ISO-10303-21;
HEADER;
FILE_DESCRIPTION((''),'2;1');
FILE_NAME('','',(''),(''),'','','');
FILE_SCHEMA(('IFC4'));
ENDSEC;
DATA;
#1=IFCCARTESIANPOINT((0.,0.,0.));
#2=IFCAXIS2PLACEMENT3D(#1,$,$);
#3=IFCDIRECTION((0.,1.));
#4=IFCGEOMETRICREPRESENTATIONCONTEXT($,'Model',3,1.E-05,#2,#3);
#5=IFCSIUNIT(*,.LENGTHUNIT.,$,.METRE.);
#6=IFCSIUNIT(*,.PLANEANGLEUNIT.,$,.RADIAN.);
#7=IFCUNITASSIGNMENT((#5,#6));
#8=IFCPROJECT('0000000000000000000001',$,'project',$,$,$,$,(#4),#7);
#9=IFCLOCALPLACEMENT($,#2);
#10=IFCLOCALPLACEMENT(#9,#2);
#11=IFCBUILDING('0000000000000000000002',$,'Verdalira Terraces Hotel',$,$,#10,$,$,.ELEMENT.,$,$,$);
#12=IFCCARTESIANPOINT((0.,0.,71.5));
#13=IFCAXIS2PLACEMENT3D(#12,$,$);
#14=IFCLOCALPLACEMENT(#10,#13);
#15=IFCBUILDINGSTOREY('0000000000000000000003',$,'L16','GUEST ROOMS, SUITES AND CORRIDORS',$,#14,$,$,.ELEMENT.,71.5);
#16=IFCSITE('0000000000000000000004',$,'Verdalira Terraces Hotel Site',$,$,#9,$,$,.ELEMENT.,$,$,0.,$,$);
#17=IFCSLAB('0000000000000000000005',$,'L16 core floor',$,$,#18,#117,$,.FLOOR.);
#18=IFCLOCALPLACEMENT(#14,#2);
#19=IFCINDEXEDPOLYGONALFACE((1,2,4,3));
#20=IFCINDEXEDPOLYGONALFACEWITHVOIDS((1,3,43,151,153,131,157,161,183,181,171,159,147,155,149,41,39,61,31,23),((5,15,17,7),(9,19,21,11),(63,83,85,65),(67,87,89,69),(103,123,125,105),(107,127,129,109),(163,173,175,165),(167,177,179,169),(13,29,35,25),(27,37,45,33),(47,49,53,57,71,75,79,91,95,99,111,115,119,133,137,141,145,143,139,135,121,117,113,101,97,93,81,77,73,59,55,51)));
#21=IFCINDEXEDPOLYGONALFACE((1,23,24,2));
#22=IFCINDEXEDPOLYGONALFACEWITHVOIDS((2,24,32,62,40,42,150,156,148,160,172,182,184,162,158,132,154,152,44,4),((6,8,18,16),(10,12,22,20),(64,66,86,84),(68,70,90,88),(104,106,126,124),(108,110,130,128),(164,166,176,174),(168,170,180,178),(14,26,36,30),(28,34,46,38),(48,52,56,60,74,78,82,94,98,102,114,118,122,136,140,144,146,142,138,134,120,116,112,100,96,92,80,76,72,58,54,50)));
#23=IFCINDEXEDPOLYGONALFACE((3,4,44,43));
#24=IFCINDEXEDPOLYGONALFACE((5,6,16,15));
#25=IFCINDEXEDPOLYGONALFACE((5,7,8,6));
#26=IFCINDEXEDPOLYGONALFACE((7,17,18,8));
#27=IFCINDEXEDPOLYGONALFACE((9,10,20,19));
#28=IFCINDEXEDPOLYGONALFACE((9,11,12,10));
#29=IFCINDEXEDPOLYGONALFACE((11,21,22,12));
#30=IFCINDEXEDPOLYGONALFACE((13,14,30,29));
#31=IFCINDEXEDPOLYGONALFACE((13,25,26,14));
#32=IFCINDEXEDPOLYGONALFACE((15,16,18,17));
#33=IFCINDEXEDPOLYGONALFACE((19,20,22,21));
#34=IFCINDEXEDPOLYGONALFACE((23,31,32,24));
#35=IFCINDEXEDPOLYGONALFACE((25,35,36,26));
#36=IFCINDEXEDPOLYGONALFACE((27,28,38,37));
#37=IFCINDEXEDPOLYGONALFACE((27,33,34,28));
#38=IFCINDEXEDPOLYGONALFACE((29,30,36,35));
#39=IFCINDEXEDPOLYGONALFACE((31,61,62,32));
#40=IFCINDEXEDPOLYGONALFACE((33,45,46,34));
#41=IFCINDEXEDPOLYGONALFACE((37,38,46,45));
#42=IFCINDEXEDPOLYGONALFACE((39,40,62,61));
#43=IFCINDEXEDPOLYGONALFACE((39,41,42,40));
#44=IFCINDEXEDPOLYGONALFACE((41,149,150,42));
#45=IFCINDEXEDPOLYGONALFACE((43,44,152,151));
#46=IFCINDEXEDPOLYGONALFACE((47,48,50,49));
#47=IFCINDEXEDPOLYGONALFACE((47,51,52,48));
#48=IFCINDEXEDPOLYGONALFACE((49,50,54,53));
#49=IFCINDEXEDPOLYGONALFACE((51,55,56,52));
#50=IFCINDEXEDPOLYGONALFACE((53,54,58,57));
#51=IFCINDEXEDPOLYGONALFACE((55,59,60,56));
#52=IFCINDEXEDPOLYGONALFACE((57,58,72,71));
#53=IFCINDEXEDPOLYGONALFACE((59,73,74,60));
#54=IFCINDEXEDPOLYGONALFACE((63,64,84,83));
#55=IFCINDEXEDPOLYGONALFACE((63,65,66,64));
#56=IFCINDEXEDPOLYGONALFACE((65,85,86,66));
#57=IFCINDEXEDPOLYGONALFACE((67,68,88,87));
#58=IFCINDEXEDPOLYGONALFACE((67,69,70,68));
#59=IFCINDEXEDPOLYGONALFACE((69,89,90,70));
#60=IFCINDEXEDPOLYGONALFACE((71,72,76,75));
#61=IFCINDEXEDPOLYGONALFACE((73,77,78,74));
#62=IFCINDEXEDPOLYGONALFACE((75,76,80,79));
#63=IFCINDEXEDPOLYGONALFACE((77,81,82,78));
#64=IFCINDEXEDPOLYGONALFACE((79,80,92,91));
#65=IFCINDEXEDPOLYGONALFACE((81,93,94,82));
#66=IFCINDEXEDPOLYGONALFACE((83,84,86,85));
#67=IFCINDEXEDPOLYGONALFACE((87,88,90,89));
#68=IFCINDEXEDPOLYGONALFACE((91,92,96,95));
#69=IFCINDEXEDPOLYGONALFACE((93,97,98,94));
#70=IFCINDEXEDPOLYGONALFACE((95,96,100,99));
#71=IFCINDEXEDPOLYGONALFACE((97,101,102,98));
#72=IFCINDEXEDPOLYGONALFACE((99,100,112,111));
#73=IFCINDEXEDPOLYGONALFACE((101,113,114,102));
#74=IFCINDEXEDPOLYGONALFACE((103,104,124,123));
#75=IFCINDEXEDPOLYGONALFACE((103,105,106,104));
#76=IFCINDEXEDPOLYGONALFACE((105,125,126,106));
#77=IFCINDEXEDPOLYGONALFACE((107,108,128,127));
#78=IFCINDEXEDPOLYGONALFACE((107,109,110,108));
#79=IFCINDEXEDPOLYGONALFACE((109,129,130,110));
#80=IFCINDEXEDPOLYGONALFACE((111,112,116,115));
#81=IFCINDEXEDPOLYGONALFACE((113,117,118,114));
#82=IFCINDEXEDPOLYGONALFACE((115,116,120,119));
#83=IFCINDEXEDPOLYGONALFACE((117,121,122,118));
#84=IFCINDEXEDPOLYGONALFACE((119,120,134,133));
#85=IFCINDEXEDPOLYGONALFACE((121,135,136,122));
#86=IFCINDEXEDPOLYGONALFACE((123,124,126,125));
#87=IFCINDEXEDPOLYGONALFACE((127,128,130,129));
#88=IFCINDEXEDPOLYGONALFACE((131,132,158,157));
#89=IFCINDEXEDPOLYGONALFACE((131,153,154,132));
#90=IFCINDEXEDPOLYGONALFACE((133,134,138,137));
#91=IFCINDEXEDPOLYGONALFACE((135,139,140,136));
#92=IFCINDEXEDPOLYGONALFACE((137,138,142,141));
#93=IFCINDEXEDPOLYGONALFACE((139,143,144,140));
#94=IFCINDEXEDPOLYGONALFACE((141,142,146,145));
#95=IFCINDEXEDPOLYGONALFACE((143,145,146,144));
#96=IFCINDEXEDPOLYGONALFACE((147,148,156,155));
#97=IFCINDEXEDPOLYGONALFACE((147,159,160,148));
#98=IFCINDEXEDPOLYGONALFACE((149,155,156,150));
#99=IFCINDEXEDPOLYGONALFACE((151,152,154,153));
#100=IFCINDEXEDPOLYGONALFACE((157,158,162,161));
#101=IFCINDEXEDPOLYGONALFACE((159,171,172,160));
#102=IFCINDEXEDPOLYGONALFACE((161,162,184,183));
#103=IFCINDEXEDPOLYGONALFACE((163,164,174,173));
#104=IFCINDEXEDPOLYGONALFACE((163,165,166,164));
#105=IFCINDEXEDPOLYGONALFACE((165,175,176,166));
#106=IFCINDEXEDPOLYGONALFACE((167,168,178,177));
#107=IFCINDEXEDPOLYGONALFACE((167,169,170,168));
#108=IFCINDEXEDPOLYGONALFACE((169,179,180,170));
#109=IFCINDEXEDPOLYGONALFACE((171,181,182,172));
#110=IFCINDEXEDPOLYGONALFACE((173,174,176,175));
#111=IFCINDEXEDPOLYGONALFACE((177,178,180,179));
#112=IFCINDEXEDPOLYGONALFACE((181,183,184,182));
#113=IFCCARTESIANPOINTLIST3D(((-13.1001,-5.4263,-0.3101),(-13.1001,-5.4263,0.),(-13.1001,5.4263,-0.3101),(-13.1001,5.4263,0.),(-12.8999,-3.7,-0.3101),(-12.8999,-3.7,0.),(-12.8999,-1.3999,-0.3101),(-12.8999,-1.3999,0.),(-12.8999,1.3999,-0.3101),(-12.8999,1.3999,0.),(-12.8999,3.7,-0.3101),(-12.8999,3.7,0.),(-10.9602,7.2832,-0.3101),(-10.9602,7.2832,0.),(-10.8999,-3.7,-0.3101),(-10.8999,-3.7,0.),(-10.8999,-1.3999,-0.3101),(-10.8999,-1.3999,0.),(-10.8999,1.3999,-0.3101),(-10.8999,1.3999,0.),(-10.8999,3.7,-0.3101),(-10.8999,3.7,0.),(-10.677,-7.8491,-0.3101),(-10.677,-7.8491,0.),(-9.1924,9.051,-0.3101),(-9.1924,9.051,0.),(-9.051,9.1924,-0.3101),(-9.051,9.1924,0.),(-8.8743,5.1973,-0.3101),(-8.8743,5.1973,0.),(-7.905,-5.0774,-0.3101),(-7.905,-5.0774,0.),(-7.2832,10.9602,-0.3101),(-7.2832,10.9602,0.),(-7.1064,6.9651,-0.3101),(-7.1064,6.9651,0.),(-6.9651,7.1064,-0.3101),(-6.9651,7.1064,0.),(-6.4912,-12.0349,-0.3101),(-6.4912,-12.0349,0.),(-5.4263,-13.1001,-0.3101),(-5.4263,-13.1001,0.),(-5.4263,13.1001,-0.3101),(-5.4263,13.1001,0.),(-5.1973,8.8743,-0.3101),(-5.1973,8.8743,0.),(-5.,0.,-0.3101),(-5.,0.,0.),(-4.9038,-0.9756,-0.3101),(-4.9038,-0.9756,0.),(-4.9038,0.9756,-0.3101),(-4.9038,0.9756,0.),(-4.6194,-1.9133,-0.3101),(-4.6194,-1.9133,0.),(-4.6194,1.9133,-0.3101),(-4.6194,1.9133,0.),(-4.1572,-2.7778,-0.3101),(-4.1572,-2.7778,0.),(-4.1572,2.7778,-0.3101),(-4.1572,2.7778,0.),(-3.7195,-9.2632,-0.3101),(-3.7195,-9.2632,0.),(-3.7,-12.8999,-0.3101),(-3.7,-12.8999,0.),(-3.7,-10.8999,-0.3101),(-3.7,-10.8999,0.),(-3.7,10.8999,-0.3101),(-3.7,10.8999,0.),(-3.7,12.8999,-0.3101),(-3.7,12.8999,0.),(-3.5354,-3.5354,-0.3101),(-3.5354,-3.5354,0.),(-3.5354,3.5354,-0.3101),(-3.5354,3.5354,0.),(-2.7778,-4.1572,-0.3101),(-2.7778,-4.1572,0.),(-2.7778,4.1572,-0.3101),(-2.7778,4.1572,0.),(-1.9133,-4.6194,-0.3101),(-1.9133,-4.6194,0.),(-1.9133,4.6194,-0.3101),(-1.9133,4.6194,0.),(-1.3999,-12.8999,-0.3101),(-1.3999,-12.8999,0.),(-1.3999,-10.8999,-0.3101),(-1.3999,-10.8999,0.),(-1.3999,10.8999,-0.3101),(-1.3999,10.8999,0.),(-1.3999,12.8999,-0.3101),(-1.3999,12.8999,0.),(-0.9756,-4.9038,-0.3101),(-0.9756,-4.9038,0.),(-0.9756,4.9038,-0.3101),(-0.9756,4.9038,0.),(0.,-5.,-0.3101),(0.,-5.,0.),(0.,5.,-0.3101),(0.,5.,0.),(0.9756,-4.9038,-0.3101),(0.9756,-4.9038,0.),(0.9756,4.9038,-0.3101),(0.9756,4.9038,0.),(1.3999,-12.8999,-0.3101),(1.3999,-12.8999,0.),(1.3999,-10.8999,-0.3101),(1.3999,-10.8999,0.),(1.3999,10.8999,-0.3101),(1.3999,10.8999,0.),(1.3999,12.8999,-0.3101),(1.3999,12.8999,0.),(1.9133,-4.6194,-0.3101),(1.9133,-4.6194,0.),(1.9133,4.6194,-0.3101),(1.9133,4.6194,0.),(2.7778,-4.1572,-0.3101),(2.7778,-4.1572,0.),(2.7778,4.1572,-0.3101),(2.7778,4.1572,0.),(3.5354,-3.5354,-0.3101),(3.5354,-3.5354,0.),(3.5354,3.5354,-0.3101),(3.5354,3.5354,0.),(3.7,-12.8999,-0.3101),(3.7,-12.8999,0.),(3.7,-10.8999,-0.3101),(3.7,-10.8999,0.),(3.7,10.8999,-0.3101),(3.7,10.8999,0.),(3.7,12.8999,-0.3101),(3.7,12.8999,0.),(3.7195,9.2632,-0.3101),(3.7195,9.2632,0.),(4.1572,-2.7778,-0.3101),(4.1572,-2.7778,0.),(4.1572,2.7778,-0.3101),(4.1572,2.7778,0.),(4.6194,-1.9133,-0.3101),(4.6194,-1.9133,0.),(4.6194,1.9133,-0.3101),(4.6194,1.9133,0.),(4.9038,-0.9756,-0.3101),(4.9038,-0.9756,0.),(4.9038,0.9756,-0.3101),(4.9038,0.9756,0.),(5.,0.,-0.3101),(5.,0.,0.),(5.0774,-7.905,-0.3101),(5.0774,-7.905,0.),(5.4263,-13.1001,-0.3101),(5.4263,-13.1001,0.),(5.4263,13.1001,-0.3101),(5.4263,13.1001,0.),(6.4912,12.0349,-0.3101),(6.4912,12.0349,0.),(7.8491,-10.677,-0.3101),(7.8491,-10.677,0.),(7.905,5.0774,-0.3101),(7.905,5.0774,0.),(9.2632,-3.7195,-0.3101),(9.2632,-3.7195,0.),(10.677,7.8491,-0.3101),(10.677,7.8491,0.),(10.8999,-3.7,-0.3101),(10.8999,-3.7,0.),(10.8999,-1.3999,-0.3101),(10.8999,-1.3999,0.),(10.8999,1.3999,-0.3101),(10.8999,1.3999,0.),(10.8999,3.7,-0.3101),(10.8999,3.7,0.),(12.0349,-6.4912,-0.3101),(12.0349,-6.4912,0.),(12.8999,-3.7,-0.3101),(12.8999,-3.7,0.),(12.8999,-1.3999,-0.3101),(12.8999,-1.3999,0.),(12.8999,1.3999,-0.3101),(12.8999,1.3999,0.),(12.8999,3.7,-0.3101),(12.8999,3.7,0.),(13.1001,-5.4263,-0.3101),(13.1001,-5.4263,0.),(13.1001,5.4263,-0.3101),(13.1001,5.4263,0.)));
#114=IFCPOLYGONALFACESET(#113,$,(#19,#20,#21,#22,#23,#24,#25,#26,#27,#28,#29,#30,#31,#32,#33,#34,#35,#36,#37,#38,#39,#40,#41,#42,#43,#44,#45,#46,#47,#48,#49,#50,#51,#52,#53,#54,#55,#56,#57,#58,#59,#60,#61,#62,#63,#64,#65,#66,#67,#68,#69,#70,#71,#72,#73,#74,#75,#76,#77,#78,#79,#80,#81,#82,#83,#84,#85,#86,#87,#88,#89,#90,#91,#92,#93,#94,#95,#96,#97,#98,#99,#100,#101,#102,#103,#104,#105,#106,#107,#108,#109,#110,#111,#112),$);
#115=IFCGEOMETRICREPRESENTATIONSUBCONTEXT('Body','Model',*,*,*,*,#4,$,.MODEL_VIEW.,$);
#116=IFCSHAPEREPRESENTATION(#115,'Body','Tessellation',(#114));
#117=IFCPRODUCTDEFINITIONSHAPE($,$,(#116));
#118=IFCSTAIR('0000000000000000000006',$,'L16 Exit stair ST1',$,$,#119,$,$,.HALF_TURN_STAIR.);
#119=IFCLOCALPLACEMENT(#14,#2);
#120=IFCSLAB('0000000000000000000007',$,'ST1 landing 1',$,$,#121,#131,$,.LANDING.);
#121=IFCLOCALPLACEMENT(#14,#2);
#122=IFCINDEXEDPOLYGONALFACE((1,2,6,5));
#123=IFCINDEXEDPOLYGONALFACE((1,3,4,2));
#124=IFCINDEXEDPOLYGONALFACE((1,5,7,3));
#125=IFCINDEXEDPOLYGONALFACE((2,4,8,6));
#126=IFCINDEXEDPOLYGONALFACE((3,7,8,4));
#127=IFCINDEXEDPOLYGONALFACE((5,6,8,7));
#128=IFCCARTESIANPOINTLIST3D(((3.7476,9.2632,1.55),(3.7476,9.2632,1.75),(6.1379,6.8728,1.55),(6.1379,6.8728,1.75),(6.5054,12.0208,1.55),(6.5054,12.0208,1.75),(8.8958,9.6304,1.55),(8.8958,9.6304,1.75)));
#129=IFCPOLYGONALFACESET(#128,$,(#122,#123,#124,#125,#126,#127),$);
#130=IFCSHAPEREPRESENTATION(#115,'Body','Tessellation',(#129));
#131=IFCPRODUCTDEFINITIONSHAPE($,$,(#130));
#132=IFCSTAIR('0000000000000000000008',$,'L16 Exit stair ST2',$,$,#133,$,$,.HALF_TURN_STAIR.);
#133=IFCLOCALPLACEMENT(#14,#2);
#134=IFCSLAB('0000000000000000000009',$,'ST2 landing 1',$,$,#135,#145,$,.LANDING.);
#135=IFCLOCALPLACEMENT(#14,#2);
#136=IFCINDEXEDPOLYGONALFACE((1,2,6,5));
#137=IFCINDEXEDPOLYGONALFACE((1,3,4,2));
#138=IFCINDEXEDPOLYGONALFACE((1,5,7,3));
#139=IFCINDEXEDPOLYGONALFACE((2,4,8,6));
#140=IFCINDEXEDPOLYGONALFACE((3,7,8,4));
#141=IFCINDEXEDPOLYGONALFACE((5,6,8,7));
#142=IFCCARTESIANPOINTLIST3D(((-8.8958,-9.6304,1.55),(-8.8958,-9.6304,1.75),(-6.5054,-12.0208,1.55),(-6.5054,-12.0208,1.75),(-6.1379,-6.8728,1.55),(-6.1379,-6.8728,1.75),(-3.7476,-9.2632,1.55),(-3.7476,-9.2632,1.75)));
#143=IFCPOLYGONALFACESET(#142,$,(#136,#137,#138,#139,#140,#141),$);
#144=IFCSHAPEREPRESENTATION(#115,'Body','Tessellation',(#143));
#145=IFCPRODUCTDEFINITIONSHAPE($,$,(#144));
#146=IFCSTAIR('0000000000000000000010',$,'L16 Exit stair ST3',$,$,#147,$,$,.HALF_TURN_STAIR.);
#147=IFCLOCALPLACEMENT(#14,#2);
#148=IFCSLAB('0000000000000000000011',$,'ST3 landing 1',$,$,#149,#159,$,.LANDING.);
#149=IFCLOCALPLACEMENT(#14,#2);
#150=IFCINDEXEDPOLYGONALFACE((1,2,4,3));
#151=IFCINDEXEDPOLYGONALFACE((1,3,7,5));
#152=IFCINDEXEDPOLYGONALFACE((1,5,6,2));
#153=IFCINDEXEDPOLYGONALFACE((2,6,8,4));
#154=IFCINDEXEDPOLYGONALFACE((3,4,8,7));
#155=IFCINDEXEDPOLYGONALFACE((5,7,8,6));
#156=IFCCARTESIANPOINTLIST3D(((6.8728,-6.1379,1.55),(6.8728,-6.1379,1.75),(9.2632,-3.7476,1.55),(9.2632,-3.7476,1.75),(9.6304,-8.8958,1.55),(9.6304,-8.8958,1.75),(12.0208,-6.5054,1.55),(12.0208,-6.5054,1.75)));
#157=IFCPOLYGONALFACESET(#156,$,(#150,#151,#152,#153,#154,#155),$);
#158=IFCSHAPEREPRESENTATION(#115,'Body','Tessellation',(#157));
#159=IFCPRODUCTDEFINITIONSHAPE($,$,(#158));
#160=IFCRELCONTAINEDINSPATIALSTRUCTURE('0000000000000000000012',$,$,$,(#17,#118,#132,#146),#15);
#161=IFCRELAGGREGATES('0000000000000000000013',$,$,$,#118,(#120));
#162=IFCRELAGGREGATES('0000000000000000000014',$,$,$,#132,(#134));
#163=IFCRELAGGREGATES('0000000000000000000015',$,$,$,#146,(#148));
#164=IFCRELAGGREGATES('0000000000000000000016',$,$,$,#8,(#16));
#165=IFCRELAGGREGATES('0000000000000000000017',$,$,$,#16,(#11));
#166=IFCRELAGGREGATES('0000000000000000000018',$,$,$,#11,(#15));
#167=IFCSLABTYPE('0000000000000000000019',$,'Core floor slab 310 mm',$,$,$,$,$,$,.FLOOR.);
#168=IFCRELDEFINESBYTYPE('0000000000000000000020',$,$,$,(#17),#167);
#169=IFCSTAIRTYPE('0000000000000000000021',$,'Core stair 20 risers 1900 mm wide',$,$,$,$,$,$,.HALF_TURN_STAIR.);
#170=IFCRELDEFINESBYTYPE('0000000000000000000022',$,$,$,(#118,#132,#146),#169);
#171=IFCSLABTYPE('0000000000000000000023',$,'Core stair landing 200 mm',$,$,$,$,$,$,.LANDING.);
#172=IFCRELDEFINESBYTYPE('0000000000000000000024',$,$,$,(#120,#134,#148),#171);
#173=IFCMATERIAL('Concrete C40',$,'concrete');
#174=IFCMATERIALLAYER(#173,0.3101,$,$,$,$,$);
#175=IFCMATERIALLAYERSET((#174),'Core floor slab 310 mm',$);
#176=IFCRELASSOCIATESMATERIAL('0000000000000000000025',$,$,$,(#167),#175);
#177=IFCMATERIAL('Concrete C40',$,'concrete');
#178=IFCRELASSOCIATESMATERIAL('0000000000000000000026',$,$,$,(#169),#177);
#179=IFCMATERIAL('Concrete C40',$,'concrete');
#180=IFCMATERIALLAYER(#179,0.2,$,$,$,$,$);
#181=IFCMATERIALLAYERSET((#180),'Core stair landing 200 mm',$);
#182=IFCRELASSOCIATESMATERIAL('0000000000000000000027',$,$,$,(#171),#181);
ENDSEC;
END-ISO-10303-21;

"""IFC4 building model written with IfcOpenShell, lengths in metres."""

from ifc_helpers import new_model, si_unit, direction, frame, origin, place, context, subcontext, project, spatial, polyline, outline, extrude, material, layer, layer_set, type_object, element, aggregate, save


model = new_model("IFC4")

# Units and contexts
model_context = context("Model", 3, precision=1e-05, world=origin(), true_north=direction((0.0, 1.0)))
body_context = subcontext(model_context, "Body", "Model", "MODEL_VIEW")
ifc_project = project(units=[si_unit("LENGTHUNIT", "METRE"), si_unit("PLANEANGLEUNIT", "RADIAN")], contexts=[model_context])

# Site, building, storey
site_placement = place(None, origin())
site = spatial("IfcSite", under=ifc_project, at=site_placement, Name="Verdalira Terraces Hotel Site", CompositionType="ELEMENT", RefElevation=0.0)
building_placement = place(site_placement, origin())
building = spatial("IfcBuilding", under=site, at=building_placement, Name="Verdalira Terraces Hotel", CompositionType="ELEMENT")
storey_placement = place(building_placement, frame((0.0, 0.0, 71.5)))
storey = spatial("IfcBuildingStorey", under=building, at=storey_placement, Name="L16", Description="GUEST ROOMS, SUITES AND CORRIDORS", CompositionType="ELEMENT", Elevation=71.5)

# Slab
ifc_material_1 = material(Name="Concrete C40", Category="concrete")
ifc_layer_1 = layer(ifc_material_1, 0.3101)
ifc_layer_set_1 = layer_set([ifc_layer_1], Name="Core floor slab 310 mm")
slab_type_1 = type_object("IfcSlabType", Name="Core floor slab 310 mm", PredefinedType="FLOOR", material=ifc_layer_set_1)
slab_1_placement = place(storey_placement, frame((0.0, 0.0, -0.3101)))
element("IfcSlab", 1, at=slab_1_placement, inside=storey, type_object=slab_type_1, Name="L16 core floor", PredefinedType="FLOOR", context=body_context, shape_type="SweptSolid", body=[
    extrude(outline(polyline([(-5.4263, 13.1001), (5.4263, 13.1001), (6.4912, 12.0349), (3.7195, 9.2632), (7.905, 5.0774), (10.677, 7.8491), (13.1001, 5.4263), (13.1001, -5.4263), (12.0349, -6.4912), (9.2632, -3.7195), (5.0774, -7.905), (7.8491, -10.677), (5.4263, -13.1001), (-5.4263, -13.1001), (-6.4912, -12.0349), (-3.7195, -9.2632), (-7.905, -5.0774), (-10.677, -7.8491), (-13.1001, -5.4263), (-13.1001, 5.4263), (-5.4263, 13.1001)]), holes=[polyline([(12.8999, -3.7), (12.8999, -1.3999), (10.8999, -1.3999), (10.8999, -3.7), (12.8999, -3.7)]), polyline([(12.8999, 1.3999), (12.8999, 3.7), (10.8999, 3.7), (10.8999, 1.3999), (12.8999, 1.3999)]), polyline([(1.3999, 10.8999), (3.7, 10.8999), (3.7, 12.8999), (1.3999, 12.8999), (1.3999, 10.8999)]), polyline([(-3.7, 10.8999), (-1.3999, 10.8999), (-1.3999, 12.8999), (-3.7, 12.8999), (-3.7, 10.8999)]), polyline([(-12.8999, 3.7), (-12.8999, 1.3999), (-10.8999, 1.3999), (-10.8999, 3.7), (-12.8999, 3.7)]), polyline([(-12.8999, -1.3999), (-12.8999, -3.7), (-10.8999, -3.7), (-10.8999, -1.3999), (-12.8999, -1.3999)]), polyline([(-1.3999, -10.8999), (-3.7, -10.8999), (-3.7, -12.8999), (-1.3999, -12.8999), (-1.3999, -10.8999)]), polyline([(3.7, -10.8999), (1.3999, -10.8999), (1.3999, -12.8999), (3.7, -12.8999), (3.7, -10.8999)]), polyline([(-9.051, 9.1924), (-6.9651, 7.1064), (-5.1973, 8.8743), (-7.2832, 10.9602), (-9.051, 9.1924)]), polyline([(-9.1924, 9.051), (-10.9602, 7.2832), (-8.8743, 5.1973), (-7.1064, 6.9651), (-9.1924, 9.051)]), polyline([(3.5354, 3.5354), (2.7778, 4.1572), (1.9133, 4.6194), (0.9756, 4.9038), (0.0, 5.0), (-0.9756, 4.9038), (-1.9133, 4.6194), (-2.7778, 4.1572), (-3.5354, 3.5354), (-4.1572, 2.7778), (-4.6194, 1.9133), (-4.9038, 0.9756), (-5.0, 0.0), (-4.9038, -0.9756), (-4.6194, -1.9133), (-4.1572, -2.7778), (-3.5354, -3.5354), (-2.7778, -4.1572), (-1.9133, -4.6194), (-0.9756, -4.9038), (0.0, -5.0), (0.9756, -4.9038), (1.9133, -4.6194), (2.7778, -4.1572), (3.5354, -3.5354), (4.1572, -2.7778), (4.6194, -1.9133), (4.9038, -0.9756), (5.0, 0.0), (4.9038, 0.9756), (4.6194, 1.9133), (4.1572, 2.7778), (3.5354, 3.5354)])]), origin(), (0.0, 0.0, 1.0), 0.3101),
])

# Stairs, slabs
ifc_material_2 = material(Name="Concrete C40", Category="concrete")
stair_type = type_object("IfcStairType", Name="Core stair 20 risers 1900 mm wide", PredefinedType="HALF_TURN_STAIR", material=ifc_material_2)
stair_1_placement = place(storey_placement, origin())
stair_1 = element("IfcStair", 2, at=stair_1_placement, inside=storey, type_object=stair_type, Name="L16 Exit stair ST1", PredefinedType="HALF_TURN_STAIR")
ifc_material_3 = material(Name="Concrete C40", Category="concrete")
ifc_layer_2 = layer(ifc_material_3, 0.2)
ifc_layer_set_2 = layer_set([ifc_layer_2], Name="Core stair landing 200 mm")
slab_type_2 = type_object("IfcSlabType", Name="Core stair landing 200 mm", PredefinedType="LANDING", material=ifc_layer_set_2)
slab_2_placement = place(storey_placement, frame((0.0, 0.0, 1.55)))
slab_2 = element("IfcSlab", 3, at=slab_2_placement, type_object=slab_type_2, Name="ST1 landing 1", PredefinedType="LANDING", context=body_context, shape_type="SweptSolid", body=[
    extrude(outline(polyline([(8.8958, 9.6304), (6.5054, 12.0208), (3.7476, 9.2632), (6.1379, 6.8728), (8.8958, 9.6304)])), origin(), (0.0, 0.0, 1.0), 0.2),
])
aggregate(stair_1, [slab_2])
stair_2_placement = place(storey_placement, origin())
stair_2 = element("IfcStair", 4, at=stair_2_placement, inside=storey, type_object=stair_type, Name="L16 Exit stair ST2", PredefinedType="HALF_TURN_STAIR")
slab_3_placement = place(storey_placement, frame((0.0, 0.0, 1.55)))
slab_3 = element("IfcSlab", 5, at=slab_3_placement, type_object=slab_type_2, Name="ST2 landing 1", PredefinedType="LANDING", context=body_context, shape_type="SweptSolid", body=[
    extrude(outline(polyline([(-8.8958, -9.6304), (-6.5054, -12.0208), (-3.7476, -9.2632), (-6.1379, -6.8728), (-8.8958, -9.6304)])), origin(), (0.0, 0.0, 1.0), 0.2),
])
aggregate(stair_2, [slab_3])
stair_3_placement = place(storey_placement, origin())
stair_3 = element("IfcStair", 6, at=stair_3_placement, inside=storey, type_object=stair_type, Name="L16 Exit stair ST3", PredefinedType="HALF_TURN_STAIR")
slab_4_placement = place(storey_placement, frame((0.0, 0.0, 1.55)))
slab_4 = element("IfcSlab", 7, at=slab_4_placement, type_object=slab_type_2, Name="ST3 landing 1", PredefinedType="LANDING", context=body_context, shape_type="SweptSolid", body=[
    extrude(outline(polyline([(9.6304, -8.8958), (12.0208, -6.5054), (9.2632, -3.7476), (6.8728, -6.1379), (9.6304, -8.8958)])), origin(), (0.0, 0.0, 1.0), 0.2),
])
aggregate(stair_3, [slab_4])

save(model, "model.ifc")
